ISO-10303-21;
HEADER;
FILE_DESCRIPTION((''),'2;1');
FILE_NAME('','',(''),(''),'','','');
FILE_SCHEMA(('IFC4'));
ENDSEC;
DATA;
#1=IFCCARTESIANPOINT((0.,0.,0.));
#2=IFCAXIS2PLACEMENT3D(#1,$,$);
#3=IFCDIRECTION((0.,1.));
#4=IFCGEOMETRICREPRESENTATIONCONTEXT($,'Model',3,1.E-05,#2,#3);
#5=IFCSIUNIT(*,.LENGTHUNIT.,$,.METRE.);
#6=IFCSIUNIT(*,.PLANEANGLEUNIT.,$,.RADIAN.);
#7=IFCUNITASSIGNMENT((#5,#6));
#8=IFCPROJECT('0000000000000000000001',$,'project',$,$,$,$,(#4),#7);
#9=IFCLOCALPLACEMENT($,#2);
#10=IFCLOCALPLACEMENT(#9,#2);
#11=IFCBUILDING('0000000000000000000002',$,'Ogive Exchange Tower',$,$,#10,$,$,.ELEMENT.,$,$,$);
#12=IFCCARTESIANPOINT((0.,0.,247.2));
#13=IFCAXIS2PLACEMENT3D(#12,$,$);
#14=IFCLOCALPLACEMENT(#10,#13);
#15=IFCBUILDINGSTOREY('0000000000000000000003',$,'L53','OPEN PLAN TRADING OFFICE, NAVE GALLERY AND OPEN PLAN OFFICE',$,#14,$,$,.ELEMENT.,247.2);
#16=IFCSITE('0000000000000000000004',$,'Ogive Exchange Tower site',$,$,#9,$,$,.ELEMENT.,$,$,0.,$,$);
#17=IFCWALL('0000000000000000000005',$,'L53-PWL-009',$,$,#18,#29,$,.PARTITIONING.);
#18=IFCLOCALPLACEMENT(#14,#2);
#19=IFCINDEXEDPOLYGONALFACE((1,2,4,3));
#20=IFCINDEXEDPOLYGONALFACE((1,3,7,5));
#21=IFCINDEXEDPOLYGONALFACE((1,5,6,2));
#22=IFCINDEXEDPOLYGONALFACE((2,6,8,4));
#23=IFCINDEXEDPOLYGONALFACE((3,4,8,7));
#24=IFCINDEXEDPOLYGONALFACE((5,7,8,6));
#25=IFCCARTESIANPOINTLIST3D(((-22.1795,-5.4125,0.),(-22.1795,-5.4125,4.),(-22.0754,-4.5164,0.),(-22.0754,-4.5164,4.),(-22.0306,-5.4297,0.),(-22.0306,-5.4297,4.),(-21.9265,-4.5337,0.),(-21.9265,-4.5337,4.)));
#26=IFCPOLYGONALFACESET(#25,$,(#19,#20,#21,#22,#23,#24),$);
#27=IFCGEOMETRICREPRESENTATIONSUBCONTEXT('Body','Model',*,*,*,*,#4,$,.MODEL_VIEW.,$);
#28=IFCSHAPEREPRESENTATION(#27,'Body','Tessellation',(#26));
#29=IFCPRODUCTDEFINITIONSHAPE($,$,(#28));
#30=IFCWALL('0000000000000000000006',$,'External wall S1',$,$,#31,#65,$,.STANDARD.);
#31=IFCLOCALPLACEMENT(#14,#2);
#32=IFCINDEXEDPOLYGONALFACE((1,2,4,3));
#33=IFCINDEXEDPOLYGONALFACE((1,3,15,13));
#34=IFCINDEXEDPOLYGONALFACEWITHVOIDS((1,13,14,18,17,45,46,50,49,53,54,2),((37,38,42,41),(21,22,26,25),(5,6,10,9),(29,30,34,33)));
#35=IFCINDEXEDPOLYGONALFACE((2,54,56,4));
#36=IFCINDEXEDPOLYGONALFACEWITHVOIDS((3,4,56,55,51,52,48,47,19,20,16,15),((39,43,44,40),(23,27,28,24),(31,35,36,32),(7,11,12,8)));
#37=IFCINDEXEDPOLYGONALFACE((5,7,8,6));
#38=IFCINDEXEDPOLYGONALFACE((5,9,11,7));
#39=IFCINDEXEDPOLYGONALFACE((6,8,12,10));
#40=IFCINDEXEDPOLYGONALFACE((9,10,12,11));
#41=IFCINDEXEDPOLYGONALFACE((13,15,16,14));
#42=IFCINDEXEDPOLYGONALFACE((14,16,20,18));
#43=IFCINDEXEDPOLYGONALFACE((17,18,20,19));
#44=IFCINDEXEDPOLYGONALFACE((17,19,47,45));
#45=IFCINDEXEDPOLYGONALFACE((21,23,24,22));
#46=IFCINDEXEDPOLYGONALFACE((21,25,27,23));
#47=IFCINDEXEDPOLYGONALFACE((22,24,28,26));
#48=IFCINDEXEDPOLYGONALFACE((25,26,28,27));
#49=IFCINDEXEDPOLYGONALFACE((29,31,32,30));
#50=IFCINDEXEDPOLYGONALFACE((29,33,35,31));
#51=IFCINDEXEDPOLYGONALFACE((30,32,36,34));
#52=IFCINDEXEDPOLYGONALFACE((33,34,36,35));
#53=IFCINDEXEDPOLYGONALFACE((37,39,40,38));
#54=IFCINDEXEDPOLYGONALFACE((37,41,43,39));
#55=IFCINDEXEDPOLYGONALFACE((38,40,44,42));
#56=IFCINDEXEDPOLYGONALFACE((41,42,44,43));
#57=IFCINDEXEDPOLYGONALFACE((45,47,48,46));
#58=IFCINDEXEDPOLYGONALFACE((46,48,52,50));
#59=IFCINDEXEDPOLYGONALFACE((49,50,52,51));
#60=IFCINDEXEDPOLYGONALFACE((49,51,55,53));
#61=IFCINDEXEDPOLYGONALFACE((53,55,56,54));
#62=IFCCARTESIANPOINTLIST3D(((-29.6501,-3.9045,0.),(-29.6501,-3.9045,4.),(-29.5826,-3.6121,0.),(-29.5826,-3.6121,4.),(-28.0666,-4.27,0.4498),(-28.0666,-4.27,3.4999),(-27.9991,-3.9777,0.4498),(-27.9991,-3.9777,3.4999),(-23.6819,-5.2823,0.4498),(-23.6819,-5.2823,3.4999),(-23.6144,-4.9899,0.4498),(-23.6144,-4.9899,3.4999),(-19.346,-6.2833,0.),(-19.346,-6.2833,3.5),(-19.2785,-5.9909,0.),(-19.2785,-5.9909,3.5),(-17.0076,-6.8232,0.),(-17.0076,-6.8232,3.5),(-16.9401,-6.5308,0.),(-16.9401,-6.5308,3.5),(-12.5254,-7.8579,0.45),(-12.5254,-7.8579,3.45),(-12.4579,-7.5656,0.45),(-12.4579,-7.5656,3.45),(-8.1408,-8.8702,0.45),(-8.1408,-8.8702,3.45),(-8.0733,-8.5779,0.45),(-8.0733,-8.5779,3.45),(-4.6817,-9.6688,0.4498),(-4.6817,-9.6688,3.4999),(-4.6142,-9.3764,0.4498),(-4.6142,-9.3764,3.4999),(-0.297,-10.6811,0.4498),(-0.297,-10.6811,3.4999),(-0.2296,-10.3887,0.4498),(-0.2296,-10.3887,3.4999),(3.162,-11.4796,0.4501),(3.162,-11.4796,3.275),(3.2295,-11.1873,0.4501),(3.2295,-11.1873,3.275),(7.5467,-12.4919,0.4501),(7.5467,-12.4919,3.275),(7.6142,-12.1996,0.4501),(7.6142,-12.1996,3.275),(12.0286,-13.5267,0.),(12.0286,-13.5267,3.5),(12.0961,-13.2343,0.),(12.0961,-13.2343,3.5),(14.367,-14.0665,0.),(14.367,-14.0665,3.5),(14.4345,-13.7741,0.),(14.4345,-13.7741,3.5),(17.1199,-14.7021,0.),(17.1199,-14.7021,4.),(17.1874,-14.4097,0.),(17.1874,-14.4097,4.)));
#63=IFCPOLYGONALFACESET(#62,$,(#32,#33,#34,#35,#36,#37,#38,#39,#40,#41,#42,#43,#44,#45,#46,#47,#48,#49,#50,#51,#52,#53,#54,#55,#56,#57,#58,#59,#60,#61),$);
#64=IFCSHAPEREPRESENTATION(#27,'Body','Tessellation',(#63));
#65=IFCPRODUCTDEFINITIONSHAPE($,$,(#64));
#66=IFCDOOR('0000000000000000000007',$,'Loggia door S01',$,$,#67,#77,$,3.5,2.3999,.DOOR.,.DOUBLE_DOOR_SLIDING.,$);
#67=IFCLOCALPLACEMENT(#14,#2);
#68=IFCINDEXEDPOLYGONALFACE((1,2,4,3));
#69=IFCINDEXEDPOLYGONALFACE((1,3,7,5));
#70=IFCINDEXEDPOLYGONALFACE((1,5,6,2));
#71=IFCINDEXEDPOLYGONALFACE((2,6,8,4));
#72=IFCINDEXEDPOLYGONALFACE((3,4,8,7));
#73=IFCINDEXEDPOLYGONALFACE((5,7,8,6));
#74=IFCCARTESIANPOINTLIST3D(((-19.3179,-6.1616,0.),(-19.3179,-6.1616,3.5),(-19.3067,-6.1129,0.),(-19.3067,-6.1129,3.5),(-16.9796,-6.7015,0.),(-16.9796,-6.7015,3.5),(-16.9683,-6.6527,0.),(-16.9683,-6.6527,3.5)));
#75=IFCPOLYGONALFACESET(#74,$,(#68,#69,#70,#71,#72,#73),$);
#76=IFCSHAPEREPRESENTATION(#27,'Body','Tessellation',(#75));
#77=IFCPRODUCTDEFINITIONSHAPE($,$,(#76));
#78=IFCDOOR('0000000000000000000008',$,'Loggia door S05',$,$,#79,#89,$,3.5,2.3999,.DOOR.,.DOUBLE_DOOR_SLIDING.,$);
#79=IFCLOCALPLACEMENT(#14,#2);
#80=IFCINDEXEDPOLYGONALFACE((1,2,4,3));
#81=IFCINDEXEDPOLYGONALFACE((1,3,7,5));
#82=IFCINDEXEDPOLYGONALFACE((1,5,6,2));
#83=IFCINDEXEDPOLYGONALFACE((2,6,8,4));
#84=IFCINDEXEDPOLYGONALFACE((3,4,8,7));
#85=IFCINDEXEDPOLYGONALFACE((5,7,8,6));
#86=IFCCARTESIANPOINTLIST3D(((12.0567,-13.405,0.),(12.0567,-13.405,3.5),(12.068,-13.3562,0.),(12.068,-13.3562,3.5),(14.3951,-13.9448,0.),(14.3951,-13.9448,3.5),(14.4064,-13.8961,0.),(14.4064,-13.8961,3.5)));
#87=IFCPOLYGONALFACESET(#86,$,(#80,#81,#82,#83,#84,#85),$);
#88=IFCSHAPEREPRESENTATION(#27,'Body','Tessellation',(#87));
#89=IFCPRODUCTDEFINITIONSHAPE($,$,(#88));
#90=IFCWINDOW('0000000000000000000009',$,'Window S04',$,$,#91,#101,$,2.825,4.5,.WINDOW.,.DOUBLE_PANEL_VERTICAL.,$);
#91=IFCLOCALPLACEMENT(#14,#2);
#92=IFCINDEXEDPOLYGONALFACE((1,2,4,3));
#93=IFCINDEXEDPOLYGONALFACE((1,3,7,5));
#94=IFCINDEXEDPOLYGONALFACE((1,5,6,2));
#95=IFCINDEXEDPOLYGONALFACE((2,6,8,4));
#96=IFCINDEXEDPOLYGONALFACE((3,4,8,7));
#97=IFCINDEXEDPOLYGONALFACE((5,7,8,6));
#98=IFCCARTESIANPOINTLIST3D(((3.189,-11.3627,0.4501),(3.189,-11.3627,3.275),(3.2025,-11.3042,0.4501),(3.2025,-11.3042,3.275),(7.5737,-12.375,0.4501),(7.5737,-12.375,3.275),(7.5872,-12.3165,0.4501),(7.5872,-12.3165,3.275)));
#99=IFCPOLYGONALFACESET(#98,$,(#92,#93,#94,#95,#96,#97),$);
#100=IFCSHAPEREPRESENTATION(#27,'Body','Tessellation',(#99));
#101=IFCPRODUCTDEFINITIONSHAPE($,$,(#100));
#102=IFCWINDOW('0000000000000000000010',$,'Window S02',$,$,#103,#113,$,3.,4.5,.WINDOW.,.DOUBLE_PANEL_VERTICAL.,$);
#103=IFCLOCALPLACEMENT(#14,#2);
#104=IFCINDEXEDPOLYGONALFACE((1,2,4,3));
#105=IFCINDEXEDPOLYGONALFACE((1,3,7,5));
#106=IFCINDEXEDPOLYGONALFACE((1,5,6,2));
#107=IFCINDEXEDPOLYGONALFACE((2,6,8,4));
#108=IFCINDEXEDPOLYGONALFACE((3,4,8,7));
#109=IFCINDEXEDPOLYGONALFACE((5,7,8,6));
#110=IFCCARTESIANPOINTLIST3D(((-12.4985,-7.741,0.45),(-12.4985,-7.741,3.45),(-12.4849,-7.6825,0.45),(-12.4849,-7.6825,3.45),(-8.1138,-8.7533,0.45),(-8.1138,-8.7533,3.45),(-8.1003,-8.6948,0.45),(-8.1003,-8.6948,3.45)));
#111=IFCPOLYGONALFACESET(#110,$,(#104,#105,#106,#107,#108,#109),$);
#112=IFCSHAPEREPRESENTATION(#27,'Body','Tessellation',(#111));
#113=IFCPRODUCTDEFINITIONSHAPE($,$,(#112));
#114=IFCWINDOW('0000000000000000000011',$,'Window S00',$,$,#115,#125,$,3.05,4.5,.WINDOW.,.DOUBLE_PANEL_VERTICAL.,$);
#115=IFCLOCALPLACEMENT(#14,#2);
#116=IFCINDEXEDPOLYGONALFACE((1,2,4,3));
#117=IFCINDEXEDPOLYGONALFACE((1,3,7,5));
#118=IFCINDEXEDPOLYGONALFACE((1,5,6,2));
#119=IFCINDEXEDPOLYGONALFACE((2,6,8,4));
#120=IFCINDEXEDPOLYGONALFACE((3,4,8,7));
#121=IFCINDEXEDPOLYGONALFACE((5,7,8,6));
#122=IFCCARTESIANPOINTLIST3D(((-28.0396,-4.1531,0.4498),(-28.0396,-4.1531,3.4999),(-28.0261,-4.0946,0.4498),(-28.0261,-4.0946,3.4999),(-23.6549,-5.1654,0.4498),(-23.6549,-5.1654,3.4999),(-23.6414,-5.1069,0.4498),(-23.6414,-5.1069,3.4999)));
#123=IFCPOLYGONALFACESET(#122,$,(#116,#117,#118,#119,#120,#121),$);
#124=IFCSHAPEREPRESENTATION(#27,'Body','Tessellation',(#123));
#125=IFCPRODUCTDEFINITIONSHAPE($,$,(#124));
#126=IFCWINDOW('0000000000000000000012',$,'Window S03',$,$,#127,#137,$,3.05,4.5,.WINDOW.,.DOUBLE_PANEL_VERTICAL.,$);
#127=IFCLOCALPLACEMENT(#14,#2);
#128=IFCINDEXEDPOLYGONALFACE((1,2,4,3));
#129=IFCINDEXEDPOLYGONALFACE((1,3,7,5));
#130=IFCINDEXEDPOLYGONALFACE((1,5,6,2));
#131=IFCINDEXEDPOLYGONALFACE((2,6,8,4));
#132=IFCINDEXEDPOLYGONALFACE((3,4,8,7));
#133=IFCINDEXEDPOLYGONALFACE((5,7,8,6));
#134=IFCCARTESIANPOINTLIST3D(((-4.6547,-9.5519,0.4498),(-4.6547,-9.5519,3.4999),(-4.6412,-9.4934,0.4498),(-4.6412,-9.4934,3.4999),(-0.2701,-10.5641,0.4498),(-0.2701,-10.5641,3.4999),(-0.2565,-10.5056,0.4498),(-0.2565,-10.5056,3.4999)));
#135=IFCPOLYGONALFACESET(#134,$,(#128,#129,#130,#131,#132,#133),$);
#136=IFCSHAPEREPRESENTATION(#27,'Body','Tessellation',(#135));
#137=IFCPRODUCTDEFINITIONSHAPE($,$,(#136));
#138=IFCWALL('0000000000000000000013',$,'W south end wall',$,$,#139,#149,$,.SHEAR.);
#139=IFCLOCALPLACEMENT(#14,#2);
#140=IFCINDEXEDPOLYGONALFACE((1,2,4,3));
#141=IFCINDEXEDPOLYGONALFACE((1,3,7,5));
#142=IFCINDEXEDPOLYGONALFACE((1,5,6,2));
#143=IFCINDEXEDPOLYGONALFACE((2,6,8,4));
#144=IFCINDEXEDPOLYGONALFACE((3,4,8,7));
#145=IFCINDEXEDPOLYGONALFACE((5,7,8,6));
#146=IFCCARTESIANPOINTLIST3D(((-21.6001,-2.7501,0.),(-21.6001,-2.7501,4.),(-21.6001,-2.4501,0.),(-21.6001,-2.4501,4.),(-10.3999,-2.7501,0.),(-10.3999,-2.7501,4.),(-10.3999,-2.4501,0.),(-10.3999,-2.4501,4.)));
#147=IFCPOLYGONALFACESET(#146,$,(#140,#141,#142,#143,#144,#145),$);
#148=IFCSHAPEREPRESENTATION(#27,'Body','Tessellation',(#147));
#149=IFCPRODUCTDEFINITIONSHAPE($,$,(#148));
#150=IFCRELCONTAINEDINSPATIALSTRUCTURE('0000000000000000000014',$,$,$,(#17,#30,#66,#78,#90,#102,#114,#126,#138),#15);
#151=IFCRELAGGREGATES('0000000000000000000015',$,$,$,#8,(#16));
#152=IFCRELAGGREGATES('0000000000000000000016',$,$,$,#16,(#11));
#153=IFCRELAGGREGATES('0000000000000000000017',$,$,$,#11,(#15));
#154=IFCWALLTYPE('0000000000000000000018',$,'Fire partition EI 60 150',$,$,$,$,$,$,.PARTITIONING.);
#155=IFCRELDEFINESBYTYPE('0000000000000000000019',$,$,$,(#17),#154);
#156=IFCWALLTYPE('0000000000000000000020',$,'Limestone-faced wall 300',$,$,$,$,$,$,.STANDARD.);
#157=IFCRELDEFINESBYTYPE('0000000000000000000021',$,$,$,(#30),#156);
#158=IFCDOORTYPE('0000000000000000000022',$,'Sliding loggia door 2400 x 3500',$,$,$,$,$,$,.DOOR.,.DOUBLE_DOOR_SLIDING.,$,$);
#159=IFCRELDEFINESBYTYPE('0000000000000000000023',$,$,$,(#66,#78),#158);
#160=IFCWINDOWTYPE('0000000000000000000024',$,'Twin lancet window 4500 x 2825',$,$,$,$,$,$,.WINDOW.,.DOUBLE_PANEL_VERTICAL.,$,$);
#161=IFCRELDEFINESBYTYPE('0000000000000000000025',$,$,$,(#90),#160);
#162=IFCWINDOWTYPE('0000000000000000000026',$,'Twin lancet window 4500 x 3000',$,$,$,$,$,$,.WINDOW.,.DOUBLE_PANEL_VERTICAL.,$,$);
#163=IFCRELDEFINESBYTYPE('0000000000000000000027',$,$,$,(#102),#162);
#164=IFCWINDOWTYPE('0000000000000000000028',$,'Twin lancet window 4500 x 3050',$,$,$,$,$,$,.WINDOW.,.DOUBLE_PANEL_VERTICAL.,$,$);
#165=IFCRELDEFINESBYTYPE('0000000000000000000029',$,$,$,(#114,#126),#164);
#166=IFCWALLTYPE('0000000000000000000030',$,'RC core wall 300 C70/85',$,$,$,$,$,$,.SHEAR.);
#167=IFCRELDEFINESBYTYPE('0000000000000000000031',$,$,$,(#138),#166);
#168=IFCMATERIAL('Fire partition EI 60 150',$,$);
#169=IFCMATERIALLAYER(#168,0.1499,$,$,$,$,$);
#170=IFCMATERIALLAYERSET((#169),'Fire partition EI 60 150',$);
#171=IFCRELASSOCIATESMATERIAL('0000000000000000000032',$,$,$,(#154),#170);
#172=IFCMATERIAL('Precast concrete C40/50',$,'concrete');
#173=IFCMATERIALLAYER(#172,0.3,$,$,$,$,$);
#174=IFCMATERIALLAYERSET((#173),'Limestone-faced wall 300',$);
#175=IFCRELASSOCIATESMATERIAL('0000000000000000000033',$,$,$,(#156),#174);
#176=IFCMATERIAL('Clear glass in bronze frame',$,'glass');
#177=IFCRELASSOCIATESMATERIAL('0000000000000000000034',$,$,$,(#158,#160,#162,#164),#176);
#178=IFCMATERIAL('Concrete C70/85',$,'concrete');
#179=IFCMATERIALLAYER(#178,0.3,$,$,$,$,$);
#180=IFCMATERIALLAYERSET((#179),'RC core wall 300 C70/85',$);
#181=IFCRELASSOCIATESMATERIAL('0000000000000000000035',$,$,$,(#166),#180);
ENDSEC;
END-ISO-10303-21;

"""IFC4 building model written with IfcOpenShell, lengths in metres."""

from ifc_helpers import new_model, si_unit, direction, frame, frame_2d, origin, place, context, subcontext, project, spatial, rectangle, extrude, material, layer, layer_set, type_object, element, fill, save


model = new_model("IFC4")

# Units and contexts
model_context = context("Model", 3, precision=1e-05, world=origin(), true_north=direction((0.0, 1.0)))
body_context = subcontext(model_context, "Body", "Model", "MODEL_VIEW")
ifc_project = project(units=[si_unit("LENGTHUNIT", "METRE"), si_unit("PLANEANGLEUNIT", "RADIAN")], contexts=[model_context])

# Site, building, storey
site_placement = place(None, origin())
site = spatial("IfcSite", under=ifc_project, at=site_placement, Name="Ogive Exchange Tower site", CompositionType="ELEMENT", RefElevation=0.0)
building_placement = place(site_placement, origin())
building = spatial("IfcBuilding", under=site, at=building_placement, Name="Ogive Exchange Tower", CompositionType="ELEMENT")
storey_placement = place(building_placement, frame((0.0, 0.0, 247.2)))
storey = spatial("IfcBuildingStorey", under=building, at=storey_placement, Name="L53", Description="OPEN PLAN TRADING OFFICE, NAVE GALLERY AND OPEN PLAN OFFICE", CompositionType="ELEMENT", Elevation=247.2)

# Shared definitions
ifc_material_1 = material(Name="Fire partition EI 60 150")
ifc_layer_1 = layer(ifc_material_1, 0.1499)
ifc_layer_set_1 = layer_set([ifc_layer_1], Name="Fire partition EI 60 150")
wall_type_1 = type_object("IfcWallType", Name="Fire partition EI 60 150", PredefinedType="PARTITIONING", material=ifc_layer_set_1)

# Wall
wall_1_placement = place(storey_placement, frame((-22.001, -4.5249, 0.0), z_axis=(0.0, 0.0, 1.0), x_axis=(-0.115302, -0.99333, 0.0)))
element("IfcWall", 1, at=wall_1_placement, inside=storey, type_object=wall_type_1, Name="L53-PWL-009", PredefinedType="PARTITIONING", context=body_context, shape_type="SweptSolid", body=[
    extrude(rectangle(XDim=0.9021, YDim=0.1499, at=frame_2d((0.4512, 0.0))), origin(), (0.0, 0.0, 1.0), 4.0),
])

# Wall, openings, doors, windows
ifc_material_2 = material(Name="Precast concrete C40/50", Category="concrete")
ifc_layer_2 = layer(ifc_material_2, 0.3)
ifc_layer_set_2 = layer_set([ifc_layer_2], Name="Limestone-faced wall 300")
wall_type_2 = type_object("IfcWallType", Name="Limestone-faced wall 300", PredefinedType="STANDARD", material=ifc_layer_set_2)
wall_2_placement = place(storey_placement, frame((-29.6162, -3.7583, 0.0), z_axis=(0.0, 0.0, 1.0), x_axis=(0.974371, -0.224949, 0.0)))
wall_2 = element("IfcWall", 2, at=wall_2_placement, inside=storey, type_object=wall_type_2, Name="External wall S1", PredefinedType="STANDARD", context=body_context, shape_type="SweptSolid", body=[
    extrude(rectangle(XDim=48.0002, YDim=0.3, at=frame_2d((24.0, 0.0))), origin(), (0.0, 0.0, 1.0), 4.0),
])
opening_1_placement = place(wall_2_placement, frame((1.625, 0.0, 0.45)))
opening_1 = element("IfcOpeningElement", 3, at=opening_1_placement, cuts=wall_2, PredefinedType="OPENING", context=body_context, shape_type="SweptSolid", body=[
    extrude(rectangle(XDim=4.5, YDim=3.05, at=frame_2d((2.25, 1.5249))), frame((0.0, 0.1599, 0.0), z_axis=(0.0, -1.0, 0.0), x_axis=(1.0, 0.0, 0.0)), (0.0, 0.0, 1.0), 0.3201),
])
opening_2_placement = place(wall_2_placement, frame((10.575, 0.0, 0.0)))
opening_2 = element("IfcOpeningElement", 4, at=opening_2_placement, cuts=wall_2, PredefinedType="OPENING", context=body_context, shape_type="SweptSolid", body=[
    extrude(rectangle(XDim=2.3999, YDim=3.5, at=frame_2d((1.2, 1.75))), frame((0.0, 0.1599, 0.0), z_axis=(0.0, -1.0, 0.0), x_axis=(1.0, 0.0, 0.0)), (0.0, 0.0, 1.0), 0.3201),
])
opening_3_placement = place(wall_2_placement, frame((17.575, 0.0, 0.45)))
opening_3 = element("IfcOpeningElement", 5, at=opening_3_placement, cuts=wall_2, PredefinedType="OPENING", context=body_context, shape_type="SweptSolid", body=[
    extrude(rectangle(XDim=4.5, YDim=3.0, at=frame_2d((2.25, 1.5))), frame((0.0, 0.1599, 0.0), z_axis=(0.0, -1.0, 0.0), x_axis=(1.0, 0.0, 0.0)), (0.0, 0.0, 1.0), 0.3201),
])
opening_4_placement = place(wall_2_placement, frame((25.625, 0.0, 0.45)))
opening_4 = element("IfcOpeningElement", 6, at=opening_4_placement, cuts=wall_2, PredefinedType="OPENING", context=body_context, shape_type="SweptSolid", body=[
    extrude(rectangle(XDim=4.5, YDim=3.05, at=frame_2d((2.25, 1.5249))), frame((0.0, 0.1599, 0.0), z_axis=(0.0, -1.0, 0.0), x_axis=(1.0, 0.0, 0.0)), (0.0, 0.0, 1.0), 0.3201),
])
opening_5_placement = place(wall_2_placement, frame((33.675, 0.0, 0.45)))
opening_5 = element("IfcOpeningElement", 7, at=opening_5_placement, cuts=wall_2, PredefinedType="OPENING", context=body_context, shape_type="SweptSolid", body=[
    extrude(rectangle(XDim=4.5, YDim=2.825, at=frame_2d((2.25, 1.4126))), frame((0.0, 0.1599, 0.0), z_axis=(0.0, -1.0, 0.0), x_axis=(1.0, 0.0, 0.0)), (0.0, 0.0, 1.0), 0.3201),
])
opening_6_placement = place(wall_2_placement, frame((42.7749, 0.0, 0.0)))
opening_6 = element("IfcOpeningElement", 8, at=opening_6_placement, cuts=wall_2, PredefinedType="OPENING", context=body_context, shape_type="SweptSolid", body=[
    extrude(rectangle(XDim=2.3999, YDim=3.5, at=frame_2d((1.2, 1.75))), frame((0.0, 0.1599, 0.0), z_axis=(0.0, -1.0, 0.0), x_axis=(1.0, 0.0, 0.0)), (0.0, 0.0, 1.0), 0.3201),
])
ifc_material_3 = material(Name="Clear glass in bronze frame", Category="glass")
door_type_1 = type_object("IfcDoorType", Name="Sliding loggia door 2400 x 3500", OperationType="DOUBLE_DOOR_SLIDING", PredefinedType="DOOR", material=ifc_material_3)
door_1_placement = place(opening_2_placement, origin())
door_1 = element("IfcDoor", 9, at=door_1_placement, inside=storey, type_object=door_type_1, Name="Loggia door S01", OperationType="DOUBLE_DOOR_SLIDING", OverallHeight=3.5, OverallWidth=2.3999, PredefinedType="DOOR", context=body_context, shape_type="SweptSolid", body=[
    extrude(rectangle(XDim=2.3999, YDim=3.5, at=frame_2d((1.2, 1.75))), frame((0.0, 0.0249, 0.0), z_axis=(0.0, -1.0, 0.0), x_axis=(1.0, 0.0, 0.0)), (0.0, 0.0, 1.0), 0.05),
])
fill(opening_2, door_1)
door_2_placement = place(opening_6_placement, origin())
door_2 = element("IfcDoor", 10, at=door_2_placement, inside=storey, type_object=door_type_1, Name="Loggia door S05", OperationType="DOUBLE_DOOR_SLIDING", OverallHeight=3.5, OverallWidth=2.3999, PredefinedType="DOOR", context=body_context, shape_type="SweptSolid", body=[
    extrude(rectangle(XDim=2.3999, YDim=3.5, at=frame_2d((1.2, 1.75))), frame((0.0, 0.0249, 0.0), z_axis=(0.0, -1.0, 0.0), x_axis=(1.0, 0.0, 0.0)), (0.0, 0.0, 1.0), 0.05),
])
fill(opening_6, door_2)
window_type_1 = type_object("IfcWindowType", Name="Twin lancet window 4500 x 2825", PartitioningType="DOUBLE_PANEL_VERTICAL", PredefinedType="WINDOW", material=ifc_material_3)
window_1_placement = place(opening_5_placement, origin())
window_1 = element("IfcWindow", 11, at=window_1_placement, inside=storey, type_object=window_type_1, Name="Window S04", OverallHeight=2.825, OverallWidth=4.5, PartitioningType="DOUBLE_PANEL_VERTICAL", PredefinedType="WINDOW", context=body_context, shape_type="SweptSolid", body=[
    extrude(rectangle(XDim=4.5, YDim=2.825, at=frame_2d((2.25, 1.4126))), frame((0.0, 0.03, 0.0), z_axis=(0.0, -1.0, 0.0), x_axis=(1.0, 0.0, 0.0)), (0.0, 0.0, 1.0), 0.0601),
])
fill(opening_5, window_1)
window_type_2 = type_object("IfcWindowType", Name="Twin lancet window 4500 x 3000", PartitioningType="DOUBLE_PANEL_VERTICAL", PredefinedType="WINDOW", material=ifc_material_3)
window_2_placement = place(opening_3_placement, origin())
window_2 = element("IfcWindow", 12, at=window_2_placement, inside=storey, type_object=window_type_2, Name="Window S02", OverallHeight=3.0, OverallWidth=4.5, PartitioningType="DOUBLE_PANEL_VERTICAL", PredefinedType="WINDOW", context=body_context, shape_type="SweptSolid", body=[
    extrude(rectangle(XDim=4.5, YDim=3.0, at=frame_2d((2.25, 1.5))), frame((0.0, 0.03, 0.0), z_axis=(0.0, -1.0, 0.0), x_axis=(1.0, 0.0, 0.0)), (0.0, 0.0, 1.0), 0.0601),
])
fill(opening_3, window_2)
window_type_3 = type_object("IfcWindowType", Name="Twin lancet window 4500 x 3050", PartitioningType="DOUBLE_PANEL_VERTICAL", PredefinedType="WINDOW", material=ifc_material_3)
window_3_placement = place(opening_1_placement, origin())
window_3 = element("IfcWindow", 13, at=window_3_placement, inside=storey, type_object=window_type_3, Name="Window S00", OverallHeight=3.05, OverallWidth=4.5, PartitioningType="DOUBLE_PANEL_VERTICAL", PredefinedType="WINDOW", context=body_context, shape_type="SweptSolid", body=[
    extrude(rectangle(XDim=4.5, YDim=3.05, at=frame_2d((2.25, 1.5249))), frame((0.0, 0.03, 0.0), z_axis=(0.0, -1.0, 0.0), x_axis=(1.0, 0.0, 0.0)), (0.0, 0.0, 1.0), 0.0601),
])
fill(opening_1, window_3)
window_4_placement = place(opening_4_placement, origin())
window_4 = element("IfcWindow", 14, at=window_4_placement, inside=storey, type_object=window_type_3, Name="Window S03", OverallHeight=3.05, OverallWidth=4.5, PartitioningType="DOUBLE_PANEL_VERTICAL", PredefinedType="WINDOW", context=body_context, shape_type="SweptSolid", body=[
    extrude(rectangle(XDim=4.5, YDim=3.05, at=frame_2d((2.25, 1.5249))), frame((0.0, 0.03, 0.0), z_axis=(0.0, -1.0, 0.0), x_axis=(1.0, 0.0, 0.0)), (0.0, 0.0, 1.0), 0.0601),
])
fill(opening_4, window_4)

# Wall
ifc_material_4 = material(Name="Concrete C70/85", Category="concrete")
ifc_layer_3 = layer(ifc_material_4, 0.3)
ifc_layer_set_3 = layer_set([ifc_layer_3], Name="RC core wall 300 C70/85")
wall_type_3 = type_object("IfcWallType", Name="RC core wall 300 C70/85", PredefinedType="SHEAR", material=ifc_layer_set_3)
wall_3_placement = place(storey_placement, frame((-21.6001, -2.6001, 0.0), z_axis=(0.0, 0.0, 1.0), x_axis=(1.0, 0.0, 0.0)))
element("IfcWall", 15, at=wall_3_placement, inside=storey, type_object=wall_type_3, Name="W south end wall", PredefinedType="SHEAR", context=body_context, shape_type="SweptSolid", body=[
    extrude(rectangle(XDim=11.2002, YDim=0.3, at=frame_2d((5.6001, 0.0))), origin(), (0.0, 0.0, 1.0), 4.0),
])

save(model, "model.ifc")
